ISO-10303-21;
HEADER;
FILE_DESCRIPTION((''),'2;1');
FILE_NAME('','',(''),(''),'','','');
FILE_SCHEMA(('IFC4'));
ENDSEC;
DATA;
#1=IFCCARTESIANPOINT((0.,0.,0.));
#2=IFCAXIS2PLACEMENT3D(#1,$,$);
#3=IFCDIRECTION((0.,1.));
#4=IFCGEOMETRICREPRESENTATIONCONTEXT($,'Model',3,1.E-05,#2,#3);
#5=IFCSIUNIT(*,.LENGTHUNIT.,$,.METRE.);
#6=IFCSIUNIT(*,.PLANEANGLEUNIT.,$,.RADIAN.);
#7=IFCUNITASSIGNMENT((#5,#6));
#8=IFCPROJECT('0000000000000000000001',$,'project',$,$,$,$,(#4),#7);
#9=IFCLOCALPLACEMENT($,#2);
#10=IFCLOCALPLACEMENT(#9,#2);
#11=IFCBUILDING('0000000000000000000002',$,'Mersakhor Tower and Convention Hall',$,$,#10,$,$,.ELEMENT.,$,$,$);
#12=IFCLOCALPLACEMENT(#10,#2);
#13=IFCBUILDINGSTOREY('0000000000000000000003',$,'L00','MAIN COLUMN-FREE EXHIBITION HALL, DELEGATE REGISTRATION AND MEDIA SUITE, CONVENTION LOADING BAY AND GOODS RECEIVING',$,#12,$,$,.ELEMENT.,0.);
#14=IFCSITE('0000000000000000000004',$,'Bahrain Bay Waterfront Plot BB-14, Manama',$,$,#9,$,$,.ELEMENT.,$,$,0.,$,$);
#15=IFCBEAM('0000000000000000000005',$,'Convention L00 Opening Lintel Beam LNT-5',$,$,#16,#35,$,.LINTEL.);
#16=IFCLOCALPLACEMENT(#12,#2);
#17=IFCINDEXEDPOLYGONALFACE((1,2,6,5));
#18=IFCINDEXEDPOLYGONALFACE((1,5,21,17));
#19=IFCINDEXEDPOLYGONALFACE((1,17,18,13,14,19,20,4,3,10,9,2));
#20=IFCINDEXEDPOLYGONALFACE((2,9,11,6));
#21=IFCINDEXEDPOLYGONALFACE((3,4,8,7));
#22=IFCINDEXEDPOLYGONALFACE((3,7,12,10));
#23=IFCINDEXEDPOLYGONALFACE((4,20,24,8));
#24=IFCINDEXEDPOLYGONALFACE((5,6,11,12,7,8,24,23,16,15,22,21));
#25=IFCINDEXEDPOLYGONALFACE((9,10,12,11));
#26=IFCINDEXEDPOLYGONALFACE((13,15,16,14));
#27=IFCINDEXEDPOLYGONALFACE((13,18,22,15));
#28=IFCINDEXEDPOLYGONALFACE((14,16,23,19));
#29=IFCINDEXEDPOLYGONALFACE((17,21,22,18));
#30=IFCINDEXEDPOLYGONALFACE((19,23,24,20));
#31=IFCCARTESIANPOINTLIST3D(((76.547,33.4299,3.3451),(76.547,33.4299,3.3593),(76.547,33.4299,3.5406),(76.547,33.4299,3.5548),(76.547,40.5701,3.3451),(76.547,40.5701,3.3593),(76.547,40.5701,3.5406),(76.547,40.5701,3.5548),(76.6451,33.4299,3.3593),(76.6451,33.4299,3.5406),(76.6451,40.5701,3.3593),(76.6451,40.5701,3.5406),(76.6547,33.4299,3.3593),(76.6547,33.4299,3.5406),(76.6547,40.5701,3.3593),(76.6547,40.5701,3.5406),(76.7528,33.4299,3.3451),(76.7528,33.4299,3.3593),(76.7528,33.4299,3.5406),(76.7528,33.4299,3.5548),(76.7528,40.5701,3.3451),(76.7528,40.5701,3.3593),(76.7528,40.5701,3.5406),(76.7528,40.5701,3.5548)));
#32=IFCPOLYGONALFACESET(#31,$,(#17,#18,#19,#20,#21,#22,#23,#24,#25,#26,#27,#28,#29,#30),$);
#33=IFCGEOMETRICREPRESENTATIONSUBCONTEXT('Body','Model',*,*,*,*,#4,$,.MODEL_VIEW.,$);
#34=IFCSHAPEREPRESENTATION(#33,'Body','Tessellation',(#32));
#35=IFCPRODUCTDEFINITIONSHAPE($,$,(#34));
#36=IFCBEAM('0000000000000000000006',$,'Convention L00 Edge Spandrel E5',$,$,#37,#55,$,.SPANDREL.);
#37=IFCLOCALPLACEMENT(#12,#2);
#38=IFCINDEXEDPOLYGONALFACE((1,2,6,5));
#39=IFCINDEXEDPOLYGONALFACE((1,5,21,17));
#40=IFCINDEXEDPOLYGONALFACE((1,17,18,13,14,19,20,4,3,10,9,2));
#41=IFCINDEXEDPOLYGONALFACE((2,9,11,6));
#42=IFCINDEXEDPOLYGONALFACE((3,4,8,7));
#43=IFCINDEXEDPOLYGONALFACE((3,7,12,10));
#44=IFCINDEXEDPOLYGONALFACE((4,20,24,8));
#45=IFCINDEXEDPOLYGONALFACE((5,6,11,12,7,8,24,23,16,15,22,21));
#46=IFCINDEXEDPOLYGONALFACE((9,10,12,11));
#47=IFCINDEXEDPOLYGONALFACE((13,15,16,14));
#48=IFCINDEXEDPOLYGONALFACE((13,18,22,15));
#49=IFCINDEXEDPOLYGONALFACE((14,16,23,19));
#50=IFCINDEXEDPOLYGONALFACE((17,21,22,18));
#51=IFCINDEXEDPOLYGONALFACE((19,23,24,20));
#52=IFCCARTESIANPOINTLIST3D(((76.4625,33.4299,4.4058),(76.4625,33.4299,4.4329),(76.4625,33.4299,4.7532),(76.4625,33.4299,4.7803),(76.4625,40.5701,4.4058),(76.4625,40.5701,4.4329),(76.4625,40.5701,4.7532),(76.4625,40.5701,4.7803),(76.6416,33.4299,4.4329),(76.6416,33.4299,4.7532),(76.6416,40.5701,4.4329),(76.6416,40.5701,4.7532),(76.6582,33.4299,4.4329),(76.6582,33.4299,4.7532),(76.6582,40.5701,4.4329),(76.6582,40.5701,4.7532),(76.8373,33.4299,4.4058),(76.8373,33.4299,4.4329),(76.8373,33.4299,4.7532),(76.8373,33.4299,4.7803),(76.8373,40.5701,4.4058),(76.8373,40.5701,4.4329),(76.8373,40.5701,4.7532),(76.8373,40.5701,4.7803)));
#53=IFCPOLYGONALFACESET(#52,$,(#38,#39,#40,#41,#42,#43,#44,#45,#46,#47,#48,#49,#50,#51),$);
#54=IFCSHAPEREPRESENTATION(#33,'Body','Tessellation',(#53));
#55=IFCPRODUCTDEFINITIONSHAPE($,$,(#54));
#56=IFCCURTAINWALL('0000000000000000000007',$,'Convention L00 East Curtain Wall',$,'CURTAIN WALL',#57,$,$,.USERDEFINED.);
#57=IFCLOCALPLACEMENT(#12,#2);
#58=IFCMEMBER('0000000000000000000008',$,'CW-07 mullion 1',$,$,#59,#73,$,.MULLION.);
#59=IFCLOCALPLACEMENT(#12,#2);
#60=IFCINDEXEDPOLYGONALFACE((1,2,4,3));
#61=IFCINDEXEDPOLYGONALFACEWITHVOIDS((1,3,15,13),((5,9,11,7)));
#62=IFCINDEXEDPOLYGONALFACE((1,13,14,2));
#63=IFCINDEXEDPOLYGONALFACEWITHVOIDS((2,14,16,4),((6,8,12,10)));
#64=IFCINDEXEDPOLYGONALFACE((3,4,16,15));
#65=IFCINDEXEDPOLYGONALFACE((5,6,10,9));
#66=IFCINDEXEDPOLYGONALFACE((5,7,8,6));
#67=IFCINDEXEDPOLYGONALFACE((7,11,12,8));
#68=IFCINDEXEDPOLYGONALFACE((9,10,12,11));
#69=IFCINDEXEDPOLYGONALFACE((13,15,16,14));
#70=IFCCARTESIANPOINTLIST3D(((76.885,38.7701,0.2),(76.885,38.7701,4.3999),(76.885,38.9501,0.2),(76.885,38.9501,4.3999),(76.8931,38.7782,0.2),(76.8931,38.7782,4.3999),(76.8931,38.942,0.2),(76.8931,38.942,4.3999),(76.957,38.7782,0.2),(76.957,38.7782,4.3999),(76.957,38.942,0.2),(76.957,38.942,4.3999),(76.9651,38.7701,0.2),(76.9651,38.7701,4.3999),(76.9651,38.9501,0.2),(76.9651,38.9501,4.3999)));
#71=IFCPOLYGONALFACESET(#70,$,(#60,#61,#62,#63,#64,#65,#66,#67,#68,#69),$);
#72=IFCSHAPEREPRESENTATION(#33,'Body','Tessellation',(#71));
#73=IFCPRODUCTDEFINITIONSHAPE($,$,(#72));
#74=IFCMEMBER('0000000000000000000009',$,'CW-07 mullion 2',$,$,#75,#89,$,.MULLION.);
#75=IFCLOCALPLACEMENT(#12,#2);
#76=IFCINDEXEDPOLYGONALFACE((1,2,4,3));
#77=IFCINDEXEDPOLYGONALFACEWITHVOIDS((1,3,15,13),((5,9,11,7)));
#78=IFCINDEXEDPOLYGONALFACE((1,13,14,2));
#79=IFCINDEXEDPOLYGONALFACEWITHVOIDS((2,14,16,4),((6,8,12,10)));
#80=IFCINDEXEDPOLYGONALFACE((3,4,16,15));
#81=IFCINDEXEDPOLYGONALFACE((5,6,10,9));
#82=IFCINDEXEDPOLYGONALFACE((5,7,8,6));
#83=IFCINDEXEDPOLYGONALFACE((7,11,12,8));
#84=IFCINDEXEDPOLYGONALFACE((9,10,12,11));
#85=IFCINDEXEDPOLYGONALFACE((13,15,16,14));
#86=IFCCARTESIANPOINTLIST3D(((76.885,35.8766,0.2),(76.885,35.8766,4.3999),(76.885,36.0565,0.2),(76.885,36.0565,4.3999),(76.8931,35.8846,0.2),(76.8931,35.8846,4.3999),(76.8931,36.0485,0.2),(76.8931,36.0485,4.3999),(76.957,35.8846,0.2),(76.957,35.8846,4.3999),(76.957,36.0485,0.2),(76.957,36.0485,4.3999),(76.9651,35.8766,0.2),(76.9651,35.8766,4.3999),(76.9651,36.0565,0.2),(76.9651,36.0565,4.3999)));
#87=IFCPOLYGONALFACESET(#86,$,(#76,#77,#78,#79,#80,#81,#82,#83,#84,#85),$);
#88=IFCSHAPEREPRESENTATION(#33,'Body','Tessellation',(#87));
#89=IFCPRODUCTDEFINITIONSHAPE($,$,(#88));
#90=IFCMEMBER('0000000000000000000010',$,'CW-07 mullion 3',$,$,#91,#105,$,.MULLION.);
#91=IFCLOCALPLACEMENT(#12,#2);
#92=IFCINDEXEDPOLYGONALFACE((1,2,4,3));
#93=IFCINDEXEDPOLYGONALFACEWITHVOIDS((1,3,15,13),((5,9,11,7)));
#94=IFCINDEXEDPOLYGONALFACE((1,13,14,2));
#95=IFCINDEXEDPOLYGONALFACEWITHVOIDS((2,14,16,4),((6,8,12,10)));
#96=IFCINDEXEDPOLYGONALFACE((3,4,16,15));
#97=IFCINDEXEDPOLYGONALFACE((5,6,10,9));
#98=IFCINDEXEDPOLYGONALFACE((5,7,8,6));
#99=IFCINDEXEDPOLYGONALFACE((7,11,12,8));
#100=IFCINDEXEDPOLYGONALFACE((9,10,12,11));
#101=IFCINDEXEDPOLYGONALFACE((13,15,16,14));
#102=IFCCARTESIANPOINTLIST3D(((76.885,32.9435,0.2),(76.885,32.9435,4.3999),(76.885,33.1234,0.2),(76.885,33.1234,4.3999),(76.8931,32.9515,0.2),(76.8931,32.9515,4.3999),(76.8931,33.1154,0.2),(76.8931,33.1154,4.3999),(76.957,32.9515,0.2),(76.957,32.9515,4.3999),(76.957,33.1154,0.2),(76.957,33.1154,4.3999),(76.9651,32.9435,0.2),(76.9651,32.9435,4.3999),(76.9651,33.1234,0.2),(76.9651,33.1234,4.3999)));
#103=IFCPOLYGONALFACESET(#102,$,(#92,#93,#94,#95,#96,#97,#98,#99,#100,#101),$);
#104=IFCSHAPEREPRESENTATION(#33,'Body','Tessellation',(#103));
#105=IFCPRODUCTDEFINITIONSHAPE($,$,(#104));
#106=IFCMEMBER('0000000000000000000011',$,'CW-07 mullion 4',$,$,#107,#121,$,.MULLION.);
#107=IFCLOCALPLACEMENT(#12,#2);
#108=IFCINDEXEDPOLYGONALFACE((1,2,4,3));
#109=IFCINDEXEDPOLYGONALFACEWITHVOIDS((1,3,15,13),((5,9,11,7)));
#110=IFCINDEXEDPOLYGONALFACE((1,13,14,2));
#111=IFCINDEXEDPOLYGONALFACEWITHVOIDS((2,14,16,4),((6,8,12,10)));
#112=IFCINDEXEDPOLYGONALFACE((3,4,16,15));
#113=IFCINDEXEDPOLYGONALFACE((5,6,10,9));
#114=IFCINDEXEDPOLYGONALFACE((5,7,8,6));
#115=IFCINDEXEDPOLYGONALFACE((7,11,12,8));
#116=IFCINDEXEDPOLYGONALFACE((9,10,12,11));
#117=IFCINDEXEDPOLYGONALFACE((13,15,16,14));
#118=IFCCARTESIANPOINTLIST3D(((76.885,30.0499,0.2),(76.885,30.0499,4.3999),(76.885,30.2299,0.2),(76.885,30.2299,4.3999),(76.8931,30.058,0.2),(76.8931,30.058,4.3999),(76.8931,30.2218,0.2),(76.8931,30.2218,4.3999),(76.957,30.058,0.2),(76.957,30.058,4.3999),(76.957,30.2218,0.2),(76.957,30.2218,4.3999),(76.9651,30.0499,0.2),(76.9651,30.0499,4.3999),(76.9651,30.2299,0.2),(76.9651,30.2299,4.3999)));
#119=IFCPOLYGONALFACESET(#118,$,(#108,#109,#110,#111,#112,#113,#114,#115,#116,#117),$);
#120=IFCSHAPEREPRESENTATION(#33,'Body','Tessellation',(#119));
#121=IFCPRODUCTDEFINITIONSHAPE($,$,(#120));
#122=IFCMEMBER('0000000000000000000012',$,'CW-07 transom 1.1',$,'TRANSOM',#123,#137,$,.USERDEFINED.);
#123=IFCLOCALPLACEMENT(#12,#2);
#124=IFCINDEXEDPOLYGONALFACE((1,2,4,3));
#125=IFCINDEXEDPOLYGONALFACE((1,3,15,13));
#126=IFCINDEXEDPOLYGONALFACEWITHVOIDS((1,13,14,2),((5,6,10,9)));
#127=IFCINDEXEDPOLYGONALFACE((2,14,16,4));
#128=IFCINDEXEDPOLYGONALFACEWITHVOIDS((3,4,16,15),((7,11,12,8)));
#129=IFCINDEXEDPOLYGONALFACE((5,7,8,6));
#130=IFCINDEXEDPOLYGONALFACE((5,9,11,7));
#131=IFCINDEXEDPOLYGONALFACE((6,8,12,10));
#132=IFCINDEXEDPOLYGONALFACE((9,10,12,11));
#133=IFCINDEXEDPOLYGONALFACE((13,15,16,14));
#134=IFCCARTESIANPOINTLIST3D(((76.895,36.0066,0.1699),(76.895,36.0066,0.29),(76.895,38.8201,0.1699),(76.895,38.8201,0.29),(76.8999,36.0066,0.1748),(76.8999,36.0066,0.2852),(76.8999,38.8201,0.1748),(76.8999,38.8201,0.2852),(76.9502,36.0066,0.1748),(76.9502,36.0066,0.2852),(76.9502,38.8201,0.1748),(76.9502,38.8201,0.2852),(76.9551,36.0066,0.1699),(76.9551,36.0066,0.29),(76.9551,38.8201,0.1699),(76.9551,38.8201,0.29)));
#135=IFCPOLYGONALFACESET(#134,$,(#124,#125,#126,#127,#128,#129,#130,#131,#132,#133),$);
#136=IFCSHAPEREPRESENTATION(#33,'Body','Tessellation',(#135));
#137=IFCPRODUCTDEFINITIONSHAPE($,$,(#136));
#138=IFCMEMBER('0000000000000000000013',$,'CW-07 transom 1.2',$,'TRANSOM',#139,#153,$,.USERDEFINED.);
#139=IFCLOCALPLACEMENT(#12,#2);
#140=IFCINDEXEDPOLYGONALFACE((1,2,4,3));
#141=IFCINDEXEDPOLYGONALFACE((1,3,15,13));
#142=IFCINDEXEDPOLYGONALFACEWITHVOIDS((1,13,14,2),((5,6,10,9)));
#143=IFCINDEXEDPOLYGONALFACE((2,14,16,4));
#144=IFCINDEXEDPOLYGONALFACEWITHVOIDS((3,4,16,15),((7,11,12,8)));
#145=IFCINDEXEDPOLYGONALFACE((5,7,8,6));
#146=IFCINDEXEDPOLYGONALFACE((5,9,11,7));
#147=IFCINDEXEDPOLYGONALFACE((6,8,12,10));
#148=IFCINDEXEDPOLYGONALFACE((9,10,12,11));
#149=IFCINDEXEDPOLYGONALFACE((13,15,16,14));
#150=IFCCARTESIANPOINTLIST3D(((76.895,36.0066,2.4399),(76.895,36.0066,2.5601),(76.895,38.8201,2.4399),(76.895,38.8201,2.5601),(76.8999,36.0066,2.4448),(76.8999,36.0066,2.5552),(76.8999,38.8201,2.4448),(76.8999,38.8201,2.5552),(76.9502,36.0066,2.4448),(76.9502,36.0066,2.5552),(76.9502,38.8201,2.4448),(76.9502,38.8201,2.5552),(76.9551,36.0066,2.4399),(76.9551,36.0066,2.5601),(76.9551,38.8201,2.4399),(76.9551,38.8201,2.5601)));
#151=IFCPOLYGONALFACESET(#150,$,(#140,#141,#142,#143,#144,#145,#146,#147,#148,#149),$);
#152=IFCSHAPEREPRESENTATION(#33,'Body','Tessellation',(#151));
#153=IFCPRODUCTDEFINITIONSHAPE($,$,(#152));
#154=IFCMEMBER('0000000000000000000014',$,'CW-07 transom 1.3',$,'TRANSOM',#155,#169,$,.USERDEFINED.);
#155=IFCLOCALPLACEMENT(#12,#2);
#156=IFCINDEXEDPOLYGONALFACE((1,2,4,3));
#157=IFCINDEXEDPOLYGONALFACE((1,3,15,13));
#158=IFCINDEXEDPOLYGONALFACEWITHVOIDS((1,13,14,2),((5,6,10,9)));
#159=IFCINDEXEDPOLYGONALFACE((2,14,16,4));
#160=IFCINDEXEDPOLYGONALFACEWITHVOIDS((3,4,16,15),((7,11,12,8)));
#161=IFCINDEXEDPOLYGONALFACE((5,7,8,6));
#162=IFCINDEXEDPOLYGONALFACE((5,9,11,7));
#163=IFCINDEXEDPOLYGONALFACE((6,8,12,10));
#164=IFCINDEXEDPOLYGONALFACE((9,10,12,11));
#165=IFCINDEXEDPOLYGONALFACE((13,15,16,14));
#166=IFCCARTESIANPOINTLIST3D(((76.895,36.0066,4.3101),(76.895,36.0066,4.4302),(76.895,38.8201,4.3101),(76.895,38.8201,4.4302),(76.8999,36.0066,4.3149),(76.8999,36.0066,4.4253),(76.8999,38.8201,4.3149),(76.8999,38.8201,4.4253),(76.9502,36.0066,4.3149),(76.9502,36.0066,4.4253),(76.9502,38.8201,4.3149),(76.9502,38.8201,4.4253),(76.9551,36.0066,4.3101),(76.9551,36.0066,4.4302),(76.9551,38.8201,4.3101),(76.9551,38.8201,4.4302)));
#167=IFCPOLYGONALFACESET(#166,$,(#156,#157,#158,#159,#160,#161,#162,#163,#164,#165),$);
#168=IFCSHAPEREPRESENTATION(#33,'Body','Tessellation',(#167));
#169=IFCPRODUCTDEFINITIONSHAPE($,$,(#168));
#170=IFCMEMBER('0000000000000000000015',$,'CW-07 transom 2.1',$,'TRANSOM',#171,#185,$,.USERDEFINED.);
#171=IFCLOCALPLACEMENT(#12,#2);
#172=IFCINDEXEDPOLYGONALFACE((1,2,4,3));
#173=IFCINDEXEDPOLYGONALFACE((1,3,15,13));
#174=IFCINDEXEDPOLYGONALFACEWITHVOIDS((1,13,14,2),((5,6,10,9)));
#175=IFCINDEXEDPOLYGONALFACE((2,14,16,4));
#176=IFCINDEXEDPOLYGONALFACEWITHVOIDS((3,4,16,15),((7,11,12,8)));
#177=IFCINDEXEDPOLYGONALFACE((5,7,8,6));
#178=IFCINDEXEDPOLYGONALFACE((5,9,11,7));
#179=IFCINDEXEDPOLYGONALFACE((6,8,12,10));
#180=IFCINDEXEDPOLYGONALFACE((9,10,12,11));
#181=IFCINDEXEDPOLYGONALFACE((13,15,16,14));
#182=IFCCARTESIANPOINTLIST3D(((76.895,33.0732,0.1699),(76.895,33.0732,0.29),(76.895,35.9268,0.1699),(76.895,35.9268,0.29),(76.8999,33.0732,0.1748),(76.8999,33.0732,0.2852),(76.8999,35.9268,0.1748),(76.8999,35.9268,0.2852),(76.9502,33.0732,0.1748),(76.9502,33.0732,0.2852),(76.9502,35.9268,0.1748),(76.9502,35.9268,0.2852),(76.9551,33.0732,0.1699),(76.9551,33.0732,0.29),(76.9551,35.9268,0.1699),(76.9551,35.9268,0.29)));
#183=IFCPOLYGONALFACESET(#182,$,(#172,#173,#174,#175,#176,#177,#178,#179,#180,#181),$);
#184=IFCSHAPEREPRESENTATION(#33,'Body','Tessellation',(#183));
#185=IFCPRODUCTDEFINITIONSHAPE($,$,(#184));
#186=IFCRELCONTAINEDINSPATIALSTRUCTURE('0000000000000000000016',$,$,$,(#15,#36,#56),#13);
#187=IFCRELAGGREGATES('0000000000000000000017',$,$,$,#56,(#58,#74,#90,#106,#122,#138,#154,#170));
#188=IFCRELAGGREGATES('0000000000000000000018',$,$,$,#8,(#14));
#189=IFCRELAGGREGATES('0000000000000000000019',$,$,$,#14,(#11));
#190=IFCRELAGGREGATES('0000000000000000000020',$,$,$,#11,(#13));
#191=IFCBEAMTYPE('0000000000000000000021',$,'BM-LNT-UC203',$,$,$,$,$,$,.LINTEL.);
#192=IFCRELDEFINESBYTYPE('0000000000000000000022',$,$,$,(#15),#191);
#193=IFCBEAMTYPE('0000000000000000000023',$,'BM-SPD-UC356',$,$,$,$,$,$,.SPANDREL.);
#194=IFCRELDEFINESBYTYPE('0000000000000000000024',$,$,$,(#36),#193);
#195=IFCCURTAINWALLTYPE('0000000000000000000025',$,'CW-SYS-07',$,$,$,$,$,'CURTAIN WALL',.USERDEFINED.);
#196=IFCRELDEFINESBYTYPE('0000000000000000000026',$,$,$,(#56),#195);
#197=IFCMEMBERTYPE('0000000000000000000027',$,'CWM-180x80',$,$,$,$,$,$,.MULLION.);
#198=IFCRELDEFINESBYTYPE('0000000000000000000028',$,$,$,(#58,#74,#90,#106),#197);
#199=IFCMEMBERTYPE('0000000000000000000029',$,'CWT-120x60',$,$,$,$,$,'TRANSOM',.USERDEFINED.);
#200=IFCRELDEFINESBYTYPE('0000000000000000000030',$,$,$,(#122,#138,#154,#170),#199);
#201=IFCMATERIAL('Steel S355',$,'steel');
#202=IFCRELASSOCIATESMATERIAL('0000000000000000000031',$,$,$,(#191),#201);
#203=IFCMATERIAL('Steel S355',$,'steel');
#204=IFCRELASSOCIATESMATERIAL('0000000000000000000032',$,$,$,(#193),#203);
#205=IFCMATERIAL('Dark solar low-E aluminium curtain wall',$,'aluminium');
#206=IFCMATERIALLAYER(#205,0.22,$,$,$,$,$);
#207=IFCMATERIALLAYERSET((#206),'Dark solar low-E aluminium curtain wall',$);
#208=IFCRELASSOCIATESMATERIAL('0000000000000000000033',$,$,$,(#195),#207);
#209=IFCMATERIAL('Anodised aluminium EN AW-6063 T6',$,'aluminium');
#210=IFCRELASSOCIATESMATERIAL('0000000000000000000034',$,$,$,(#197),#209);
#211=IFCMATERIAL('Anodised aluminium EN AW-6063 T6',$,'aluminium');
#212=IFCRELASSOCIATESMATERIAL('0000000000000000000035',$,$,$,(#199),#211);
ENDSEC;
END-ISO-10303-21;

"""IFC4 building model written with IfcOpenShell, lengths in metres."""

from ifc_helpers import new_model, si_unit, direction, frame, origin, origin_2d, place, context, subcontext, project, spatial, hollow_rectangle, i_section, extrude, material, layer, layer_set, material_profile, profile_set, type_object, element, aggregate, save


model = new_model("IFC4")

# Units and contexts
model_context = context("Model", 3, precision=1e-05, world=origin(), true_north=direction((0.0, 1.0)))
body_context = subcontext(model_context, "Body", "Model", "MODEL_VIEW")
ifc_project = project(units=[si_unit("LENGTHUNIT", "METRE"), si_unit("PLANEANGLEUNIT", "RADIAN")], contexts=[model_context])

# Site, building, storey
site_placement = place(None, origin())
site = spatial("IfcSite", under=ifc_project, at=site_placement, Name="Bahrain Bay Waterfront Plot BB-14, Manama", CompositionType="ELEMENT", RefElevation=0.0)
building_placement = place(site_placement, origin())
building = spatial("IfcBuilding", under=site, at=building_placement, Name="Mersakhor Tower and Convention Hall", CompositionType="ELEMENT")
storey_placement = place(building_placement, origin())
storey = spatial("IfcBuildingStorey", under=building, at=storey_placement, Name="L00", Description="MAIN COLUMN-FREE EXHIBITION HALL, DELEGATE REGISTRATION AND MEDIA SUITE, CONVENTION LOADING BAY AND GOODS RECEIVING", CompositionType="ELEMENT", Elevation=0.0)

# Beams
ifc_material_1 = material(Name="Steel S355", Category="steel")
ifc_material_profile_1 = material_profile(ifc_material_1, i_section(OverallWidth=0.2058, OverallDepth=0.2097, WebThickness=0.0095, FlangeThickness=0.0142, at=origin_2d()), Name="UC 203x203x60")
ifc_profile_set_1 = profile_set([ifc_material_profile_1], Name="Steel S355")
beam_type_1 = type_object("IfcBeamType", Name="BM-LNT-UC203", PredefinedType="LINTEL", material=ifc_profile_set_1)
beam_1_placement = place(storey_placement, frame((76.6499, 33.4299, 3.45), z_axis=(0.0, 1.0, 0.0), x_axis=(-1.0, 0.0, 0.0)))
element("IfcBeam", 1, at=beam_1_placement, inside=storey, type_object=beam_type_1, Name="Convention L00 Opening Lintel Beam LNT-5", PredefinedType="LINTEL", context=body_context, shape_type="SweptSolid", body=[
    extrude(i_section(OverallWidth=0.2058, OverallDepth=0.2097, WebThickness=0.0095, FlangeThickness=0.0142, at=origin_2d()), origin(), (0.0, 0.0, 1.0), 7.1401),
])
ifc_material_2 = material(Name="Steel S355", Category="steel")
ifc_material_profile_2 = material_profile(ifc_material_2, i_section(OverallWidth=0.3748, OverallDepth=0.3745, WebThickness=0.0166, FlangeThickness=0.0271, at=origin_2d()), Name="UC 356x368x202")
ifc_profile_set_2 = profile_set([ifc_material_profile_2], Name="Steel S355")
beam_type_2 = type_object("IfcBeamType", Name="BM-SPD-UC356", PredefinedType="SPANDREL", material=ifc_profile_set_2)
beam_2_placement = place(storey_placement, frame((76.6499, 33.4299, 4.593), z_axis=(0.0, 1.0, 0.0), x_axis=(-1.0, 0.0, 0.0)))
element("IfcBeam", 2, at=beam_2_placement, inside=storey, type_object=beam_type_2, Name="Convention L00 Edge Spandrel E5", PredefinedType="SPANDREL", context=body_context, shape_type="SweptSolid", body=[
    extrude(i_section(OverallWidth=0.3748, OverallDepth=0.3745, WebThickness=0.0166, FlangeThickness=0.0271, at=origin_2d()), origin(), (0.0, 0.0, 1.0), 7.1401),
])

# Curtain wall, members
ifc_material_3 = material(Name="Dark solar low-E aluminium curtain wall", Category="aluminium")
ifc_layer_1 = layer(ifc_material_3, 0.22)
ifc_layer_set_1 = layer_set([ifc_layer_1], Name="Dark solar low-E aluminium curtain wall")
curtain_wall_type = type_object("IfcCurtainWallType", Name="CW-SYS-07", ElementType="CURTAIN WALL", PredefinedType="USERDEFINED", material=ifc_layer_set_1)
curtain_wall_placement = place(storey_placement, origin())
curtain_wall = element("IfcCurtainWall", 3, at=curtain_wall_placement, inside=storey, type_object=curtain_wall_type, Name="Convention L00 East Curtain Wall", ObjectType="CURTAIN WALL", PredefinedType="USERDEFINED")
ifc_material_4 = material(Name="Anodised aluminium EN AW-6063 T6", Category="aluminium")
ifc_material_profile_3 = material_profile(ifc_material_4, hollow_rectangle(XDim=0.0801, YDim=0.1799, WallThickness=0.0081, at=origin_2d()), Name="RHS 180x80x8")
ifc_profile_set_3 = profile_set([ifc_material_profile_3], Name="Anodised aluminium EN AW-6063 T6")
member_type_1 = type_object("IfcMemberType", Name="CWM-180x80", PredefinedType="MULLION", material=ifc_profile_set_3)
member_1_placement = place(storey_placement, frame((76.925, 38.8601, 0.2), z_axis=(0.0, 0.0, 1.0), x_axis=(1.0, 0.0, 0.0)))
member_1 = element("IfcMember", 4, at=member_1_placement, type_object=member_type_1, Name="CW-07 mullion 1", PredefinedType="MULLION", context=body_context, shape_type="SweptSolid", body=[
    extrude(hollow_rectangle(XDim=0.0801, YDim=0.1799, WallThickness=0.0081, at=origin_2d()), origin(), (0.0, 0.0, 1.0), 4.2),
])
member_2_placement = place(storey_placement, frame((76.925, 35.9666, 0.2), z_axis=(0.0, 0.0, 1.0), x_axis=(1.0, 0.0, 0.0)))
member_2 = element("IfcMember", 5, at=member_2_placement, type_object=member_type_1, Name="CW-07 mullion 2", PredefinedType="MULLION", context=body_context, shape_type="SweptSolid", body=[
    extrude(hollow_rectangle(XDim=0.0801, YDim=0.1799, WallThickness=0.0081, at=origin_2d()), origin(), (0.0, 0.0, 1.0), 4.2),
])
member_3_placement = place(storey_placement, frame((76.925, 33.0334, 0.2), z_axis=(0.0, 0.0, 1.0), x_axis=(1.0, 0.0, 0.0)))
member_3 = element("IfcMember", 6, at=member_3_placement, type_object=member_type_1, Name="CW-07 mullion 3", PredefinedType="MULLION", context=body_context, shape_type="SweptSolid", body=[
    extrude(hollow_rectangle(XDim=0.0801, YDim=0.1799, WallThickness=0.0081, at=origin_2d()), origin(), (0.0, 0.0, 1.0), 4.2),
])
member_4_placement = place(storey_placement, frame((76.925, 30.1399, 0.2), z_axis=(0.0, 0.0, 1.0), x_axis=(1.0, 0.0, 0.0)))
member_4 = element("IfcMember", 7, at=member_4_placement, type_object=member_type_1, Name="CW-07 mullion 4", PredefinedType="MULLION", context=body_context, shape_type="SweptSolid", body=[
    extrude(hollow_rectangle(XDim=0.0801, YDim=0.1799, WallThickness=0.0081, at=origin_2d()), origin(), (0.0, 0.0, 1.0), 4.2),
])
ifc_material_5 = material(Name="Anodised aluminium EN AW-6063 T6", Category="aluminium")
ifc_material_profile_4 = material_profile(ifc_material_5, hollow_rectangle(XDim=0.0601, YDim=0.1201, WallThickness=0.0049, at=origin_2d()), Name="RHS 120x60x5")
ifc_profile_set_4 = profile_set([ifc_material_profile_4], Name="Anodised aluminium EN AW-6063 T6")
member_type_2 = type_object("IfcMemberType", Name="CWT-120x60", ElementType="TRANSOM", PredefinedType="USERDEFINED", material=ifc_profile_set_4)
member_5_placement = place(storey_placement, frame((76.925, 38.8201, 0.23), z_axis=(0.0, -1.0, 0.0), x_axis=(1.0, 0.0, 0.0)))
member_5 = element("IfcMember", 8, at=member_5_placement, type_object=member_type_2, Name="CW-07 transom 1.1", ObjectType="TRANSOM", PredefinedType="USERDEFINED", context=body_context, shape_type="SweptSolid", body=[
    extrude(hollow_rectangle(XDim=0.0601, YDim=0.1201, WallThickness=0.0049, at=origin_2d()), origin(), (0.0, 0.0, 1.0), 2.8135),
])
member_6_placement = place(storey_placement, frame((76.925, 38.8201, 2.5), z_axis=(0.0, -1.0, 0.0), x_axis=(1.0, 0.0, 0.0)))
member_6 = element("IfcMember", 9, at=member_6_placement, type_object=member_type_2, Name="CW-07 transom 1.2", ObjectType="TRANSOM", PredefinedType="USERDEFINED", context=body_context, shape_type="SweptSolid", body=[
    extrude(hollow_rectangle(XDim=0.0601, YDim=0.1201, WallThickness=0.0049, at=origin_2d()), origin(), (0.0, 0.0, 1.0), 2.8135),
])
member_7_placement = place(storey_placement, frame((76.925, 38.8201, 4.3701), z_axis=(0.0, -1.0, 0.0), x_axis=(1.0, 0.0, 0.0)))
member_7 = element("IfcMember", 10, at=member_7_placement, type_object=member_type_2, Name="CW-07 transom 1.3", ObjectType="TRANSOM", PredefinedType="USERDEFINED", context=body_context, shape_type="SweptSolid", body=[
    extrude(hollow_rectangle(XDim=0.0601, YDim=0.1201, WallThickness=0.0049, at=origin_2d()), origin(), (0.0, 0.0, 1.0), 2.8135),
])
member_8_placement = place(storey_placement, frame((76.925, 35.9268, 0.23), z_axis=(0.0, -1.0, 0.0), x_axis=(1.0, 0.0, 0.0)))
member_8 = element("IfcMember", 11, at=member_8_placement, type_object=member_type_2, Name="CW-07 transom 2.1", ObjectType="TRANSOM", PredefinedType="USERDEFINED", context=body_context, shape_type="SweptSolid", body=[
    extrude(hollow_rectangle(XDim=0.0601, YDim=0.1201, WallThickness=0.0049, at=origin_2d()), origin(), (0.0, 0.0, 1.0), 2.8535),
])
aggregate(curtain_wall, [member_1, member_2, member_3, member_4, member_5, member_6, member_7, member_8])

save(model, "model.ifc")
